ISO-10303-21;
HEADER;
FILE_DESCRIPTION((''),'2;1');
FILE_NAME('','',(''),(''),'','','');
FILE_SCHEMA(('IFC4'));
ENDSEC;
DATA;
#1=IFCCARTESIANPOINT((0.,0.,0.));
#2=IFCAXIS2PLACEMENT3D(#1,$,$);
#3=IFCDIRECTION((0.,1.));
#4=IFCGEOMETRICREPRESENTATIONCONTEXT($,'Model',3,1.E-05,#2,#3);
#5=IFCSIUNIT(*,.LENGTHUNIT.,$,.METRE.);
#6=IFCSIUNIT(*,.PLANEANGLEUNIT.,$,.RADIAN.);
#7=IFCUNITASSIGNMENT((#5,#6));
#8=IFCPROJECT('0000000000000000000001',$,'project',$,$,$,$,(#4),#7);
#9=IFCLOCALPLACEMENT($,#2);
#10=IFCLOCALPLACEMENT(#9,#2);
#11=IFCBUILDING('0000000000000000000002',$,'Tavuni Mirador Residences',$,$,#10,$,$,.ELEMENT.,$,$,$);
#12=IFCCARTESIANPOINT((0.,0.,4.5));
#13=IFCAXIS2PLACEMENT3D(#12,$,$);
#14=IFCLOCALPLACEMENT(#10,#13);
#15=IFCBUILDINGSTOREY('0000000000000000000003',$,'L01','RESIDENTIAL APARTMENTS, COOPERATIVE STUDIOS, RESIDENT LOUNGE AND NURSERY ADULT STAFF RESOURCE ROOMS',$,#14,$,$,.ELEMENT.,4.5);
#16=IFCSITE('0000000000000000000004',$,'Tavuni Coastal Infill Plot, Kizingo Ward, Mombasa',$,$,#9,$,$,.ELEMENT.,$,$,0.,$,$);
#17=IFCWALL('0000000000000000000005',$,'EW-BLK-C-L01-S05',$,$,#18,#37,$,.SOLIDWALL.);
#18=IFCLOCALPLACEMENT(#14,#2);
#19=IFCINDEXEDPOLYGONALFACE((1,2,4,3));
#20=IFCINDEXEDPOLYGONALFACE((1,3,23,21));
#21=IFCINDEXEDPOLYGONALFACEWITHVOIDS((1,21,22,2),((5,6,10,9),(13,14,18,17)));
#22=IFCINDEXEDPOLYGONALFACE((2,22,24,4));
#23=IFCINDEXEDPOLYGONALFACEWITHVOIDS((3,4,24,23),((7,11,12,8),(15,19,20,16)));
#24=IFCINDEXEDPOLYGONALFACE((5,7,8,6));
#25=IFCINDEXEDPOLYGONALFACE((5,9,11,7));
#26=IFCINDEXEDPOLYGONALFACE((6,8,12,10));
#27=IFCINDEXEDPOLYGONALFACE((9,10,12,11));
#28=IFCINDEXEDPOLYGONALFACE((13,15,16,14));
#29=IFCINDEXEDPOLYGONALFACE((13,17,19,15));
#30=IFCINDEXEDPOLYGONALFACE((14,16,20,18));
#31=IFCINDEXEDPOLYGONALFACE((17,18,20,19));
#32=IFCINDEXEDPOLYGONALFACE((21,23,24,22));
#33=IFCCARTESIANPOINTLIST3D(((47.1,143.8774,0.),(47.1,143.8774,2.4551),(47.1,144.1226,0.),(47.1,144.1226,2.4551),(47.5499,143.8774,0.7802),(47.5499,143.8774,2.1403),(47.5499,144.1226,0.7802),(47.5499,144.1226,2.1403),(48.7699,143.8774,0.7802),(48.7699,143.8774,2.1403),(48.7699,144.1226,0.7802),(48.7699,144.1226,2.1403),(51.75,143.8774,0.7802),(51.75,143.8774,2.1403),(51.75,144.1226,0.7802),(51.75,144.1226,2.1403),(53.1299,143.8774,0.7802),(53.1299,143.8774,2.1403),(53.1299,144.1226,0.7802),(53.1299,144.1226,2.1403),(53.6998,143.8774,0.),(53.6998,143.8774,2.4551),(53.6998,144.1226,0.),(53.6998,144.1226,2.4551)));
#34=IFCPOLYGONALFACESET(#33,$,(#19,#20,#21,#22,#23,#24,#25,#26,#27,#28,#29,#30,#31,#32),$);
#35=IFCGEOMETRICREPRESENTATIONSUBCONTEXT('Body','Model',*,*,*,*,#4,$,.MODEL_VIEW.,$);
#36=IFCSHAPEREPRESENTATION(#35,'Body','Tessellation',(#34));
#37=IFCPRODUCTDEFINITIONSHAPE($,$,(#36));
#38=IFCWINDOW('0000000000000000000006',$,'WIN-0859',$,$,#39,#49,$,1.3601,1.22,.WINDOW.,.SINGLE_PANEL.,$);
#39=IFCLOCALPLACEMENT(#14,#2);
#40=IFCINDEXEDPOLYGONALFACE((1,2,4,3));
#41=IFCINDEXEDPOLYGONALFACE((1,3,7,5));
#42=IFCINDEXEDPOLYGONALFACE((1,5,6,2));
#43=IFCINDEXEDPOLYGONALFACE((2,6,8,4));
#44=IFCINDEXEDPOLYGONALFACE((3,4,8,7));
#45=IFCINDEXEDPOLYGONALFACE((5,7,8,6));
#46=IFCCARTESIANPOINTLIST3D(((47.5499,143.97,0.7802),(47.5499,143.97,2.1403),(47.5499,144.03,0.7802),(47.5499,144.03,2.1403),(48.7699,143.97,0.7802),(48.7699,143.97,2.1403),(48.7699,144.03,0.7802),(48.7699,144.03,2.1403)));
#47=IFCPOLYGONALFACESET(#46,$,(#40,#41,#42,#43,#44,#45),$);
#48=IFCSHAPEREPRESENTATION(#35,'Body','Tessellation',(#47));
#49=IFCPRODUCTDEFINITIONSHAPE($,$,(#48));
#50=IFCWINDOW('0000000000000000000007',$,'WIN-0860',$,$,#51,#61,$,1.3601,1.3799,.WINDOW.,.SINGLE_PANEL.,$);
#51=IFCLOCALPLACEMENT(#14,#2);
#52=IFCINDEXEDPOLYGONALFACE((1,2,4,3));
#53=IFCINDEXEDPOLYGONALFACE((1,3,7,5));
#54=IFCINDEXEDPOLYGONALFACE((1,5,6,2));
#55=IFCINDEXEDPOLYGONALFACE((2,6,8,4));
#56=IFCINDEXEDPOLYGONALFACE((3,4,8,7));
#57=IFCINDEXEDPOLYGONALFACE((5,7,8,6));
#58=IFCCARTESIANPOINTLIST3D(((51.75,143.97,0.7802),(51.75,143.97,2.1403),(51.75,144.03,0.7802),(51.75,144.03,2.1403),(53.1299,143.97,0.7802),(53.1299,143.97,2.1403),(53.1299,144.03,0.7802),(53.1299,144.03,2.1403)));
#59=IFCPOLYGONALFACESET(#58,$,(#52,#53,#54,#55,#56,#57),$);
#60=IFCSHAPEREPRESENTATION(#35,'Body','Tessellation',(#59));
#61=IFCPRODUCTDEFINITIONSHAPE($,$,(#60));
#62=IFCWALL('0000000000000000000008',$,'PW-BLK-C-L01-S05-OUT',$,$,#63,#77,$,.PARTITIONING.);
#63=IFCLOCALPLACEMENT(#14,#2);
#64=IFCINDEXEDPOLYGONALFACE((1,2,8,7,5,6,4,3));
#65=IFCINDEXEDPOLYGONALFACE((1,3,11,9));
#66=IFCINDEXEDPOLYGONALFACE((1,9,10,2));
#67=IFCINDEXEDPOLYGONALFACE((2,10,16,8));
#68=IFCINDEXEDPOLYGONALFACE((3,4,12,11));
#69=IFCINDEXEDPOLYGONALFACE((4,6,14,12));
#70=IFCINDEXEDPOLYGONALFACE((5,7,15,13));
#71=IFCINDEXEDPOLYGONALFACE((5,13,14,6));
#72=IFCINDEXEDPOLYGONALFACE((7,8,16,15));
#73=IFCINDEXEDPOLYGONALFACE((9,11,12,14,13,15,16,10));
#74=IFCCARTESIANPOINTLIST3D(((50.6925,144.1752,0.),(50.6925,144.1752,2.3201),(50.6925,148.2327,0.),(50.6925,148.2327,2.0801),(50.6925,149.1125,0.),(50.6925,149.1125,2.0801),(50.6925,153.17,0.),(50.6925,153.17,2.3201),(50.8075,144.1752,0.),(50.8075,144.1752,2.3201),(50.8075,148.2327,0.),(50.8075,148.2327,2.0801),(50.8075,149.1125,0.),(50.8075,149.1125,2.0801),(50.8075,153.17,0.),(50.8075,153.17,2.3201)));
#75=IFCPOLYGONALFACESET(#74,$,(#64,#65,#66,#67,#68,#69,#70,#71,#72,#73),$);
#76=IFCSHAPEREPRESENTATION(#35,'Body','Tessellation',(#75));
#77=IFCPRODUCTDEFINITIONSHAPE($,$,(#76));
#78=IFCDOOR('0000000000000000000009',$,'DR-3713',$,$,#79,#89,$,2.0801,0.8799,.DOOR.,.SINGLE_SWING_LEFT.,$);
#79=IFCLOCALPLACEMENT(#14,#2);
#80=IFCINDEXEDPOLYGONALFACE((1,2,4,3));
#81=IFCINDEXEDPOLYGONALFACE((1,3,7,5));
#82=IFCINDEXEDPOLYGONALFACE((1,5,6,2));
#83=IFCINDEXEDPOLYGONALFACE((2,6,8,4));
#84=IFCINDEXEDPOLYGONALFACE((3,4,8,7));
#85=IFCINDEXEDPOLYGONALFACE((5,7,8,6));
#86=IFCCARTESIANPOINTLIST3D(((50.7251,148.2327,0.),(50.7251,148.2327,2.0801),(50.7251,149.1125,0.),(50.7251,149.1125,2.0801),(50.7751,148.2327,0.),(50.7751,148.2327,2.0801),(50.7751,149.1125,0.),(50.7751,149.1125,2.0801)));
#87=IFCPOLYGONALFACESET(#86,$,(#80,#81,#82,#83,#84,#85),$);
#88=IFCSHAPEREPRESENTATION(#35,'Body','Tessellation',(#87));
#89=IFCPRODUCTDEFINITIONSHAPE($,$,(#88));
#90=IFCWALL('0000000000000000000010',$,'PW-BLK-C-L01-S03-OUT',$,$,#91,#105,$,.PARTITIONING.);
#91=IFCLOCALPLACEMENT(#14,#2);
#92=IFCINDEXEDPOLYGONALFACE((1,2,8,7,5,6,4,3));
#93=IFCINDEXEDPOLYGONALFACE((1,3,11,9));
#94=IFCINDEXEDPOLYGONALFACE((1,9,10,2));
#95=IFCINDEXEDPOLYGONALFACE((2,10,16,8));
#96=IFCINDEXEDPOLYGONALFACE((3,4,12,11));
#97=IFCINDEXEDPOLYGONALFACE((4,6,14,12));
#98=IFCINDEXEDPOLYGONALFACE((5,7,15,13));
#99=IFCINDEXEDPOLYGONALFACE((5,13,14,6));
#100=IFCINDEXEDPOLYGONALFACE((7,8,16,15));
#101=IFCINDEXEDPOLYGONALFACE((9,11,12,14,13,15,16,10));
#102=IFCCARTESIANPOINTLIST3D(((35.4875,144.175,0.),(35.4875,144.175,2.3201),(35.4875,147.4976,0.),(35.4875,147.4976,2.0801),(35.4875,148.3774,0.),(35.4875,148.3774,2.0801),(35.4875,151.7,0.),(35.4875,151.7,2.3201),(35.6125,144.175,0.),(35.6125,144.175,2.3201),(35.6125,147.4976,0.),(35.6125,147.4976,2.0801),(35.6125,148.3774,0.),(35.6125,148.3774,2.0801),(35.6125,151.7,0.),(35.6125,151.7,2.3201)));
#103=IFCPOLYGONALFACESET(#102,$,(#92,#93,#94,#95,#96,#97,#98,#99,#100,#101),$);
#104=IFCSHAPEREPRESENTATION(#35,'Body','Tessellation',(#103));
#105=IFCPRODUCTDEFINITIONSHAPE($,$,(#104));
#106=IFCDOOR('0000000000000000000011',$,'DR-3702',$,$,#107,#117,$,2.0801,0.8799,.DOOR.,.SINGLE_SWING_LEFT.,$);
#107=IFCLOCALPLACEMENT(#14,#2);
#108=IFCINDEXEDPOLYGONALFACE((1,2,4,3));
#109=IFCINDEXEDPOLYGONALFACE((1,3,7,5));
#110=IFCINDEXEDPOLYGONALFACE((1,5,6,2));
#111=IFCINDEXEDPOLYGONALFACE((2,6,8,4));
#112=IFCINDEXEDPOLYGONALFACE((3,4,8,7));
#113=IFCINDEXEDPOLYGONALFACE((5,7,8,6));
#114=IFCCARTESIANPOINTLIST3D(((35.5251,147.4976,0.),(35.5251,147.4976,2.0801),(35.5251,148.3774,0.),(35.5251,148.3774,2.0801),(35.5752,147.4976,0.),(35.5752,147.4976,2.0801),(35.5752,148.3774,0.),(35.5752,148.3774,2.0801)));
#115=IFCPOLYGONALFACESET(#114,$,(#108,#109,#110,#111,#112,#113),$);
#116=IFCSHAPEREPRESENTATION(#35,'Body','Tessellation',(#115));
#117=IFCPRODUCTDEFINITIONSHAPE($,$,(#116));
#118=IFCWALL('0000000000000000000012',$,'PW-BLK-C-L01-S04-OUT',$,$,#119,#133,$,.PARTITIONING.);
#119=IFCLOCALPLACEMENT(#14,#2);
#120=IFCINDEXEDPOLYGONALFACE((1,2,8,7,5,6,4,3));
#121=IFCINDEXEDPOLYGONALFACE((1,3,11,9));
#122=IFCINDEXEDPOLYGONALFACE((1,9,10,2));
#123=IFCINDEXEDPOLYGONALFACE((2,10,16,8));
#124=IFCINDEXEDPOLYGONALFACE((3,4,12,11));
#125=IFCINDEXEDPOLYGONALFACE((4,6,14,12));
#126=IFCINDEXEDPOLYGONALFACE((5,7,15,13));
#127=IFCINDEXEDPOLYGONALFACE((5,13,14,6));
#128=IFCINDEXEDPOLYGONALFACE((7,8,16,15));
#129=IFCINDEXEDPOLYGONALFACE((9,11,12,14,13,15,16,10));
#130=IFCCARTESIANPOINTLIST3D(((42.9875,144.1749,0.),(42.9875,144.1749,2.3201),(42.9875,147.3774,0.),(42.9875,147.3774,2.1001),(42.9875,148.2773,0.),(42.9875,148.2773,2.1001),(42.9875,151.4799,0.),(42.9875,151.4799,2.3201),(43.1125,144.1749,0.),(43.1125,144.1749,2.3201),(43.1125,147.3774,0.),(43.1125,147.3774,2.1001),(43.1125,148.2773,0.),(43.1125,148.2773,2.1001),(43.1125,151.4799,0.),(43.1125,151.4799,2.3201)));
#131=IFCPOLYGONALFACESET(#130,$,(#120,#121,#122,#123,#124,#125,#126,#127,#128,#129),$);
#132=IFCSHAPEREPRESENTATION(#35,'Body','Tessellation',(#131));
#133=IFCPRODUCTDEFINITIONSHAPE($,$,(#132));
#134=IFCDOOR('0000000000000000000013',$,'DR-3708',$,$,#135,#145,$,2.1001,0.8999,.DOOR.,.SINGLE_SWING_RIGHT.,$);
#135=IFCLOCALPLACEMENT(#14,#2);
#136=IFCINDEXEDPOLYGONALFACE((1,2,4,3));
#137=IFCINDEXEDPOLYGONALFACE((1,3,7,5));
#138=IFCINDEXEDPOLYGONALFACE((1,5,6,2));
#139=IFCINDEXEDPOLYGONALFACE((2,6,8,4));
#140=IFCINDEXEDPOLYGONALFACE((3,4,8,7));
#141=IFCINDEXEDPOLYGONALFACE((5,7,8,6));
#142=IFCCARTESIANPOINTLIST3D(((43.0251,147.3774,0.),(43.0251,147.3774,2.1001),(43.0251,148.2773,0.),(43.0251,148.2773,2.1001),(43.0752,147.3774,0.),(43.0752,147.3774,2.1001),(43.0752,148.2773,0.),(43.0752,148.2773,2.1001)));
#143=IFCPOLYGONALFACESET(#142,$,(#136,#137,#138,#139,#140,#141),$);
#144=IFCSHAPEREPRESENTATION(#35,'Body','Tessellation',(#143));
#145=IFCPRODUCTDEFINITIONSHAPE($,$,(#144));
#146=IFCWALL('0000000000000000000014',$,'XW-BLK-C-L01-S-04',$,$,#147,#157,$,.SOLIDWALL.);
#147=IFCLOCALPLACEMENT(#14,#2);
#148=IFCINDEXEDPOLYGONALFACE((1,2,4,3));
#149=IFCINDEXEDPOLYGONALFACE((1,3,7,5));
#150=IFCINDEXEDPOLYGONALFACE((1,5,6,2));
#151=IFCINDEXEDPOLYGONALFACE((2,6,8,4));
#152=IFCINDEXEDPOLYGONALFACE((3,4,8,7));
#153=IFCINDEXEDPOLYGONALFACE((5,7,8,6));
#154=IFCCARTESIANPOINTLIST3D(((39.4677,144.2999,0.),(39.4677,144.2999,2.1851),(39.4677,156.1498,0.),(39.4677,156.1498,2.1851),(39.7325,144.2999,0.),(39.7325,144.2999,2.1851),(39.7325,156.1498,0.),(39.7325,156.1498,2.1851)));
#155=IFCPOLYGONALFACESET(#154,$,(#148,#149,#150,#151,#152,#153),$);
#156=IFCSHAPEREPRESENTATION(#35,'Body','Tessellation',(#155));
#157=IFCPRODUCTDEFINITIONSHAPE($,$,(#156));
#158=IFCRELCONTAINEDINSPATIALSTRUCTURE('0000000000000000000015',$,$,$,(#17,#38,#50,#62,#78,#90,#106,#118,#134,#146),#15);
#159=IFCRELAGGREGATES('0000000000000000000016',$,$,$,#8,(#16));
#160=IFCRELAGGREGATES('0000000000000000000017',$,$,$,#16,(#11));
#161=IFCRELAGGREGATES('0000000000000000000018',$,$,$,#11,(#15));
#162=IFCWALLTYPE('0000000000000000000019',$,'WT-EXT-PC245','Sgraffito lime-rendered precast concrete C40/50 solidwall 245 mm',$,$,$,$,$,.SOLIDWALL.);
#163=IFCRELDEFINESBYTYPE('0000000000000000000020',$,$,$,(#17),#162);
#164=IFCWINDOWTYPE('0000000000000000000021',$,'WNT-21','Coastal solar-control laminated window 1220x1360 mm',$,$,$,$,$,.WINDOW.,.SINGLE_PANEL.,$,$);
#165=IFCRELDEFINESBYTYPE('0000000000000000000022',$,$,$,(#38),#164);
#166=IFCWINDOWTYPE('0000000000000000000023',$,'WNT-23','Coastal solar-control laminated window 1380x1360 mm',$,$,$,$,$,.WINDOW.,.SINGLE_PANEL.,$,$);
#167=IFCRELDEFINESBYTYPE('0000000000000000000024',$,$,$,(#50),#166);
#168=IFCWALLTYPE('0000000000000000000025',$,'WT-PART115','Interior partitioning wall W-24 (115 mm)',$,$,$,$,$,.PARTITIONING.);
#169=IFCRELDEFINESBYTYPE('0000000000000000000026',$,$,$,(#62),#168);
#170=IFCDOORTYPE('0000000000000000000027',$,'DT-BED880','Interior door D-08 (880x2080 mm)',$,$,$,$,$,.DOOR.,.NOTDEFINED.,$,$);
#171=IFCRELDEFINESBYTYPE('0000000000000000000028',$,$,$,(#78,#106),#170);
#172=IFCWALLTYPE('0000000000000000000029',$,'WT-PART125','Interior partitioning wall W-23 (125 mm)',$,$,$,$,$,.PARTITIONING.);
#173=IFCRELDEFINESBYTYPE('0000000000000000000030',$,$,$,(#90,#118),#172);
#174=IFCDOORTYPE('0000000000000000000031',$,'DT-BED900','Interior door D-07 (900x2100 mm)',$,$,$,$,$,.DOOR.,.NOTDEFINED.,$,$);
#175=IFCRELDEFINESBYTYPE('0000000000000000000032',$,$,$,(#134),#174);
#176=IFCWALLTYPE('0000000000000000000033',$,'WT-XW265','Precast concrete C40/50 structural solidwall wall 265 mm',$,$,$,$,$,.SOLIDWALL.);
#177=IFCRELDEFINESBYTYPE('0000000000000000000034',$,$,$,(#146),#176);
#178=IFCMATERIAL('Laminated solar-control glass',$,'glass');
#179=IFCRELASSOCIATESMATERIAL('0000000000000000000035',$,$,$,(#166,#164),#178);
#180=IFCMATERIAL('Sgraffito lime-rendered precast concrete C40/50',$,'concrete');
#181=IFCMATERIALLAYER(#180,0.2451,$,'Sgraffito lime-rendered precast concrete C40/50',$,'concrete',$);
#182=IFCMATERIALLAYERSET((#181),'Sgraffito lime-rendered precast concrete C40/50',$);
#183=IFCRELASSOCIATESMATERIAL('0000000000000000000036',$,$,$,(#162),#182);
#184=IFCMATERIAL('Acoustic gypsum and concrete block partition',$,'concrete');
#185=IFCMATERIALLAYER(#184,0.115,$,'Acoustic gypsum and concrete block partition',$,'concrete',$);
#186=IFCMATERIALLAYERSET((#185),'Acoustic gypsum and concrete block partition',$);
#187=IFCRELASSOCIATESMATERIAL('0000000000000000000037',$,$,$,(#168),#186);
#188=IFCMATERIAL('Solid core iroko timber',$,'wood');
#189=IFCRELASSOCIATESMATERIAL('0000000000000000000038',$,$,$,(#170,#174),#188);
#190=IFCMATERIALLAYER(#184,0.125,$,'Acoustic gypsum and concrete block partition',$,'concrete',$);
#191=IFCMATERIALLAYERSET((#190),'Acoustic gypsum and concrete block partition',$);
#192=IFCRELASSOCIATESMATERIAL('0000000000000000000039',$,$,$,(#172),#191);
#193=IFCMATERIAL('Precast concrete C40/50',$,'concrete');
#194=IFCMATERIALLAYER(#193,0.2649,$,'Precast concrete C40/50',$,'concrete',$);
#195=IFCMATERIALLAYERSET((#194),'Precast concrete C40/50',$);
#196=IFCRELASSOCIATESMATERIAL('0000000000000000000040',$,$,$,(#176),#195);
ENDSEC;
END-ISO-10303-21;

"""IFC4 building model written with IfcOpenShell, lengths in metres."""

from ifc_helpers import new_model, si_unit, direction, frame, frame_2d, origin, place, context, subcontext, project, spatial, rectangle, extrude, material, layer, layer_set, type_object, element, fill, save


model = new_model("IFC4")

# Units and contexts
model_context = context("Model", 3, precision=1e-05, world=origin(), true_north=direction((0.0, 1.0)))
body_context = subcontext(model_context, "Body", "Model", "MODEL_VIEW")
ifc_project = project(units=[si_unit("LENGTHUNIT", "METRE"), si_unit("PLANEANGLEUNIT", "RADIAN")], contexts=[model_context])

# Site, building, storey
site_placement = place(None, origin())
site = spatial("IfcSite", under=ifc_project, at=site_placement, Name="Tavuni Coastal Infill Plot, Kizingo Ward, Mombasa", CompositionType="ELEMENT", RefElevation=0.0)
building_placement = place(site_placement, origin())
building = spatial("IfcBuilding", under=site, at=building_placement, Name="Tavuni Mirador Residences", CompositionType="ELEMENT")
storey_placement = place(building_placement, frame((0.0, 0.0, 4.5)))
storey = spatial("IfcBuildingStorey", under=building, at=storey_placement, Name="L01", Description="RESIDENTIAL APARTMENTS, COOPERATIVE STUDIOS, RESIDENT LOUNGE AND NURSERY ADULT STAFF RESOURCE ROOMS", CompositionType="ELEMENT", Elevation=4.5)

# Shared definitions
ifc_material_1 = material(Name="Precast concrete C40/50", Category="concrete")

# Wall, openings, windows
ifc_material_2 = material(Name="Laminated solar-control glass", Category="glass")
window_type_1 = type_object("IfcWindowType", Name="WNT-23", Description="Coastal solar-control laminated window 1380x1360 mm", PartitioningType="SINGLE_PANEL", PredefinedType="WINDOW", material=ifc_material_2)
ifc_material_3 = material(Name="Sgraffito lime-rendered precast concrete C40/50", Category="concrete")
ifc_layer_1 = layer(ifc_material_3, 0.2451, Name="Sgraffito lime-rendered precast concrete C40/50", Category="concrete")
ifc_layer_set_1 = layer_set([ifc_layer_1], Name="Sgraffito lime-rendered precast concrete C40/50")
wall_type_1 = type_object("IfcWallType", Name="WT-EXT-PC245", Description="Sgraffito lime-rendered precast concrete C40/50 solidwall 245 mm", PredefinedType="SOLIDWALL", material=ifc_layer_set_1)
wall_1_placement = place(storey_placement, frame((47.1001, 144.0, 0.0), z_axis=(0.0, 0.0, 1.0), x_axis=(1.0, 0.0, 0.0)))
wall_1 = element("IfcWall", 1, at=wall_1_placement, inside=storey, type_object=wall_type_1, Name="EW-BLK-C-L01-S05", PredefinedType="SOLIDWALL", context=body_context, shape_type="SweptSolid", body=[
    extrude(rectangle(XDim=6.5999, YDim=0.2451, at=frame_2d((3.2998, 0.0))), origin(), (0.0, 0.0, 1.0), 2.4551),
])
opening_1_placement = place(wall_1_placement, frame((0.45, 0.0, 0.78)))
opening_1 = element("IfcOpeningElement", 2, at=opening_1_placement, cuts=wall_1, PredefinedType="OPENING", context=body_context, shape_type="SweptSolid", body=[
    extrude(rectangle(XDim=1.22, YDim=1.3601, at=frame_2d((0.6099, 0.6802))), frame((0.0, 0.1326, 0.0), z_axis=(0.0, -1.0, 0.0), x_axis=(1.0, 0.0, 0.0)), (0.0, 0.0, 1.0), 0.2651),
])
opening_2_placement = place(wall_1_placement, frame((4.6499, 0.0, 0.78)))
opening_2 = element("IfcOpeningElement", 3, at=opening_2_placement, cuts=wall_1, PredefinedType="OPENING", context=body_context, shape_type="SweptSolid", body=[
    extrude(rectangle(XDim=1.3799, YDim=1.3601, at=frame_2d((0.6899, 0.6802))), frame((0.0, 0.1326, 0.0), z_axis=(0.0, -1.0, 0.0), x_axis=(1.0, 0.0, 0.0)), (0.0, 0.0, 1.0), 0.2651),
])
window_type_2 = type_object("IfcWindowType", Name="WNT-21", Description="Coastal solar-control laminated window 1220x1360 mm", PartitioningType="SINGLE_PANEL", PredefinedType="WINDOW", material=ifc_material_2)
window_1_placement = place(opening_1_placement, origin())
window_1 = element("IfcWindow", 4, at=window_1_placement, inside=storey, type_object=window_type_2, Name="WIN-0859", OverallHeight=1.3601, OverallWidth=1.22, PartitioningType="SINGLE_PANEL", PredefinedType="WINDOW", context=body_context, shape_type="SweptSolid", body=[
    extrude(rectangle(XDim=1.22, YDim=1.3601, at=frame_2d((0.6099, 0.6802))), frame((0.0, 0.03, 0.0), z_axis=(0.0, -1.0, 0.0), x_axis=(1.0, 0.0, 0.0)), (0.0, 0.0, 1.0), 0.0601),
])
fill(opening_1, window_1)
window_2_placement = place(opening_2_placement, origin())
window_2 = element("IfcWindow", 5, at=window_2_placement, inside=storey, type_object=window_type_1, Name="WIN-0860", OverallHeight=1.3601, OverallWidth=1.3799, PartitioningType="SINGLE_PANEL", PredefinedType="WINDOW", context=body_context, shape_type="SweptSolid", body=[
    extrude(rectangle(XDim=1.3799, YDim=1.3601, at=frame_2d((0.6899, 0.6802))), frame((0.0, 0.03, 0.0), z_axis=(0.0, -1.0, 0.0), x_axis=(1.0, 0.0, 0.0)), (0.0, 0.0, 1.0), 0.0601),
])
fill(opening_2, window_2)

# Walls, openings, doors
ifc_material_4 = material(Name="Acoustic gypsum and concrete block partition", Category="concrete")
ifc_layer_2 = layer(ifc_material_4, 0.115, Name="Acoustic gypsum and concrete block partition", Category="concrete")
ifc_layer_set_2 = layer_set([ifc_layer_2], Name="Acoustic gypsum and concrete block partition")
wall_type_2 = type_object("IfcWallType", Name="WT-PART115", Description="Interior partitioning wall W-24 (115 mm)", PredefinedType="PARTITIONING", material=ifc_layer_set_2)
wall_2_placement = place(storey_placement, frame((50.75, 144.175, 0.0), z_axis=(0.0, 0.0, 1.0), x_axis=(0.0, 1.0, 0.0)))
wall_2 = element("IfcWall", 6, at=wall_2_placement, inside=storey, type_object=wall_type_2, Name="PW-BLK-C-L01-S05-OUT", PredefinedType="PARTITIONING", context=body_context, shape_type="SweptSolid", body=[
    extrude(rectangle(XDim=8.9949, YDim=0.115, at=frame_2d((4.4976, 0.0))), origin(), (0.0, 0.0, 1.0), 2.3201),
])
opening_3_placement = place(wall_2_placement, frame((4.0576, 0.0, 0.0)))
opening_3 = element("IfcOpeningElement", 7, at=opening_3_placement, cuts=wall_2, PredefinedType="OPENING", context=body_context, shape_type="SweptSolid", body=[
    extrude(rectangle(XDim=0.8799, YDim=2.0801, at=frame_2d((0.4399, 1.04))), frame((0.0, 0.0674, 0.0), z_axis=(0.0, -1.0, 0.0), x_axis=(1.0, 0.0, 0.0)), (0.0, 0.0, 1.0), 0.135),
])
ifc_material_5 = material(Name="Solid core iroko timber", Category="wood")
door_type_1 = type_object("IfcDoorType", Name="DT-BED880", Description="Interior door D-08 (880x2080 mm)", OperationType="NOTDEFINED", PredefinedType="DOOR", material=ifc_material_5)
door_1_placement = place(opening_3_placement, origin())
door_1 = element("IfcDoor", 8, at=door_1_placement, inside=storey, type_object=door_type_1, Name="DR-3713", OperationType="SINGLE_SWING_LEFT", OverallHeight=2.0801, OverallWidth=0.8799, PredefinedType="DOOR", context=body_context, shape_type="SweptSolid", body=[
    extrude(rectangle(XDim=0.8799, YDim=2.0801, at=frame_2d((0.4399, 1.04))), frame((0.0, 0.0249, 0.0), z_axis=(0.0, -1.0, 0.0), x_axis=(1.0, 0.0, 0.0)), (0.0, 0.0, 1.0), 0.05),
])
fill(opening_3, door_1)
ifc_layer_3 = layer(ifc_material_4, 0.125, Name="Acoustic gypsum and concrete block partition", Category="concrete")
ifc_layer_set_3 = layer_set([ifc_layer_3], Name="Acoustic gypsum and concrete block partition")
wall_type_3 = type_object("IfcWallType", Name="WT-PART125", Description="Interior partitioning wall W-23 (125 mm)", PredefinedType="PARTITIONING", material=ifc_layer_set_3)
wall_3_placement = place(storey_placement, frame((35.55, 144.175, 0.0), z_axis=(0.0, 0.0, 1.0), x_axis=(0.0, 1.0, 0.0)))
wall_3 = element("IfcWall", 9, at=wall_3_placement, inside=storey, type_object=wall_type_3, Name="PW-BLK-C-L01-S03-OUT", PredefinedType="PARTITIONING", context=body_context, shape_type="SweptSolid", body=[
    extrude(rectangle(XDim=7.5249, YDim=0.125, at=frame_2d((3.7625, 0.0))), origin(), (0.0, 0.0, 1.0), 2.3201),
])
opening_4_placement = place(wall_3_placement, frame((3.3225, 0.0, 0.0)))
opening_4 = element("IfcOpeningElement", 10, at=opening_4_placement, cuts=wall_3, PredefinedType="OPENING", context=body_context, shape_type="SweptSolid", body=[
    extrude(rectangle(XDim=0.8799, YDim=2.0801, at=frame_2d((0.4399, 1.04))), frame((0.0, 0.0725, 0.0), z_axis=(0.0, -1.0, 0.0), x_axis=(1.0, 0.0, 0.0)), (0.0, 0.0, 1.0), 0.145),
])
door_2_placement = place(opening_4_placement, origin())
door_2 = element("IfcDoor", 11, at=door_2_placement, inside=storey, type_object=door_type_1, Name="DR-3702", OperationType="SINGLE_SWING_LEFT", OverallHeight=2.0801, OverallWidth=0.8799, PredefinedType="DOOR", context=body_context, shape_type="SweptSolid", body=[
    extrude(rectangle(XDim=0.8799, YDim=2.0801, at=frame_2d((0.4399, 1.04))), frame((0.0, 0.0249, 0.0), z_axis=(0.0, -1.0, 0.0), x_axis=(1.0, 0.0, 0.0)), (0.0, 0.0, 1.0), 0.05),
])
fill(opening_4, door_2)
wall_4_placement = place(storey_placement, frame((43.05, 144.175, 0.0), z_axis=(0.0, 0.0, 1.0), x_axis=(0.0, 1.0, 0.0)))
wall_4 = element("IfcWall", 12, at=wall_4_placement, inside=storey, type_object=wall_type_3, Name="PW-BLK-C-L01-S04-OUT", PredefinedType="PARTITIONING", context=body_context, shape_type="SweptSolid", body=[
    extrude(rectangle(XDim=7.3049, YDim=0.125, at=frame_2d((3.6523, 0.0))), origin(), (0.0, 0.0, 1.0), 2.3201),
])
opening_5_placement = place(wall_4_placement, frame((3.2024, 0.0, 0.0)))
opening_5 = element("IfcOpeningElement", 13, at=opening_5_placement, cuts=wall_4, PredefinedType="OPENING", context=body_context, shape_type="SweptSolid", body=[
    extrude(rectangle(XDim=0.8999, YDim=2.1001, at=frame_2d((0.45, 1.05))), frame((0.0, 0.0725, 0.0), z_axis=(0.0, -1.0, 0.0), x_axis=(1.0, 0.0, 0.0)), (0.0, 0.0, 1.0), 0.145),
])
door_type_2 = type_object("IfcDoorType", Name="DT-BED900", Description="Interior door D-07 (900x2100 mm)", OperationType="NOTDEFINED", PredefinedType="DOOR", material=ifc_material_5)
door_3_placement = place(opening_5_placement, origin())
door_3 = element("IfcDoor", 14, at=door_3_placement, inside=storey, type_object=door_type_2, Name="DR-3708", OperationType="SINGLE_SWING_RIGHT", OverallHeight=2.1001, OverallWidth=0.8999, PredefinedType="DOOR", context=body_context, shape_type="SweptSolid", body=[
    extrude(rectangle(XDim=0.8999, YDim=2.1001, at=frame_2d((0.45, 1.05))), frame((0.0, 0.0249, 0.0), z_axis=(0.0, -1.0, 0.0), x_axis=(1.0, 0.0, 0.0)), (0.0, 0.0, 1.0), 0.05),
])
fill(opening_5, door_3)

# Wall
ifc_layer_4 = layer(ifc_material_1, 0.2649, Name="Precast concrete C40/50", Category="concrete")
ifc_layer_set_4 = layer_set([ifc_layer_4], Name="Precast concrete C40/50")
wall_type_4 = type_object("IfcWallType", Name="WT-XW265", Description="Precast concrete C40/50 structural solidwall wall 265 mm", PredefinedType="SOLIDWALL", material=ifc_layer_set_4)
for number, where, z_axis, x_axis, name in (
    (15, (39.6001, 144.3, 0.0), (0.0, 0.0, 1.0), (0.0, 1.0, 0.0), "XW-BLK-C-L01-S-04"),
):
    element("IfcWall", number, at=place(storey_placement, frame(where, z_axis=z_axis, x_axis=x_axis)), inside=storey, type_object=wall_type_4, Name=name, PredefinedType="SOLIDWALL", context=body_context, shape_type="SweptSolid", body=[
        extrude(rectangle(XDim=11.8499, YDim=0.2649, at=frame_2d((5.9248, 0.0))), origin(), (0.0, 0.0, 1.0), 2.1851),
    ])

save(model, "model.ifc")
